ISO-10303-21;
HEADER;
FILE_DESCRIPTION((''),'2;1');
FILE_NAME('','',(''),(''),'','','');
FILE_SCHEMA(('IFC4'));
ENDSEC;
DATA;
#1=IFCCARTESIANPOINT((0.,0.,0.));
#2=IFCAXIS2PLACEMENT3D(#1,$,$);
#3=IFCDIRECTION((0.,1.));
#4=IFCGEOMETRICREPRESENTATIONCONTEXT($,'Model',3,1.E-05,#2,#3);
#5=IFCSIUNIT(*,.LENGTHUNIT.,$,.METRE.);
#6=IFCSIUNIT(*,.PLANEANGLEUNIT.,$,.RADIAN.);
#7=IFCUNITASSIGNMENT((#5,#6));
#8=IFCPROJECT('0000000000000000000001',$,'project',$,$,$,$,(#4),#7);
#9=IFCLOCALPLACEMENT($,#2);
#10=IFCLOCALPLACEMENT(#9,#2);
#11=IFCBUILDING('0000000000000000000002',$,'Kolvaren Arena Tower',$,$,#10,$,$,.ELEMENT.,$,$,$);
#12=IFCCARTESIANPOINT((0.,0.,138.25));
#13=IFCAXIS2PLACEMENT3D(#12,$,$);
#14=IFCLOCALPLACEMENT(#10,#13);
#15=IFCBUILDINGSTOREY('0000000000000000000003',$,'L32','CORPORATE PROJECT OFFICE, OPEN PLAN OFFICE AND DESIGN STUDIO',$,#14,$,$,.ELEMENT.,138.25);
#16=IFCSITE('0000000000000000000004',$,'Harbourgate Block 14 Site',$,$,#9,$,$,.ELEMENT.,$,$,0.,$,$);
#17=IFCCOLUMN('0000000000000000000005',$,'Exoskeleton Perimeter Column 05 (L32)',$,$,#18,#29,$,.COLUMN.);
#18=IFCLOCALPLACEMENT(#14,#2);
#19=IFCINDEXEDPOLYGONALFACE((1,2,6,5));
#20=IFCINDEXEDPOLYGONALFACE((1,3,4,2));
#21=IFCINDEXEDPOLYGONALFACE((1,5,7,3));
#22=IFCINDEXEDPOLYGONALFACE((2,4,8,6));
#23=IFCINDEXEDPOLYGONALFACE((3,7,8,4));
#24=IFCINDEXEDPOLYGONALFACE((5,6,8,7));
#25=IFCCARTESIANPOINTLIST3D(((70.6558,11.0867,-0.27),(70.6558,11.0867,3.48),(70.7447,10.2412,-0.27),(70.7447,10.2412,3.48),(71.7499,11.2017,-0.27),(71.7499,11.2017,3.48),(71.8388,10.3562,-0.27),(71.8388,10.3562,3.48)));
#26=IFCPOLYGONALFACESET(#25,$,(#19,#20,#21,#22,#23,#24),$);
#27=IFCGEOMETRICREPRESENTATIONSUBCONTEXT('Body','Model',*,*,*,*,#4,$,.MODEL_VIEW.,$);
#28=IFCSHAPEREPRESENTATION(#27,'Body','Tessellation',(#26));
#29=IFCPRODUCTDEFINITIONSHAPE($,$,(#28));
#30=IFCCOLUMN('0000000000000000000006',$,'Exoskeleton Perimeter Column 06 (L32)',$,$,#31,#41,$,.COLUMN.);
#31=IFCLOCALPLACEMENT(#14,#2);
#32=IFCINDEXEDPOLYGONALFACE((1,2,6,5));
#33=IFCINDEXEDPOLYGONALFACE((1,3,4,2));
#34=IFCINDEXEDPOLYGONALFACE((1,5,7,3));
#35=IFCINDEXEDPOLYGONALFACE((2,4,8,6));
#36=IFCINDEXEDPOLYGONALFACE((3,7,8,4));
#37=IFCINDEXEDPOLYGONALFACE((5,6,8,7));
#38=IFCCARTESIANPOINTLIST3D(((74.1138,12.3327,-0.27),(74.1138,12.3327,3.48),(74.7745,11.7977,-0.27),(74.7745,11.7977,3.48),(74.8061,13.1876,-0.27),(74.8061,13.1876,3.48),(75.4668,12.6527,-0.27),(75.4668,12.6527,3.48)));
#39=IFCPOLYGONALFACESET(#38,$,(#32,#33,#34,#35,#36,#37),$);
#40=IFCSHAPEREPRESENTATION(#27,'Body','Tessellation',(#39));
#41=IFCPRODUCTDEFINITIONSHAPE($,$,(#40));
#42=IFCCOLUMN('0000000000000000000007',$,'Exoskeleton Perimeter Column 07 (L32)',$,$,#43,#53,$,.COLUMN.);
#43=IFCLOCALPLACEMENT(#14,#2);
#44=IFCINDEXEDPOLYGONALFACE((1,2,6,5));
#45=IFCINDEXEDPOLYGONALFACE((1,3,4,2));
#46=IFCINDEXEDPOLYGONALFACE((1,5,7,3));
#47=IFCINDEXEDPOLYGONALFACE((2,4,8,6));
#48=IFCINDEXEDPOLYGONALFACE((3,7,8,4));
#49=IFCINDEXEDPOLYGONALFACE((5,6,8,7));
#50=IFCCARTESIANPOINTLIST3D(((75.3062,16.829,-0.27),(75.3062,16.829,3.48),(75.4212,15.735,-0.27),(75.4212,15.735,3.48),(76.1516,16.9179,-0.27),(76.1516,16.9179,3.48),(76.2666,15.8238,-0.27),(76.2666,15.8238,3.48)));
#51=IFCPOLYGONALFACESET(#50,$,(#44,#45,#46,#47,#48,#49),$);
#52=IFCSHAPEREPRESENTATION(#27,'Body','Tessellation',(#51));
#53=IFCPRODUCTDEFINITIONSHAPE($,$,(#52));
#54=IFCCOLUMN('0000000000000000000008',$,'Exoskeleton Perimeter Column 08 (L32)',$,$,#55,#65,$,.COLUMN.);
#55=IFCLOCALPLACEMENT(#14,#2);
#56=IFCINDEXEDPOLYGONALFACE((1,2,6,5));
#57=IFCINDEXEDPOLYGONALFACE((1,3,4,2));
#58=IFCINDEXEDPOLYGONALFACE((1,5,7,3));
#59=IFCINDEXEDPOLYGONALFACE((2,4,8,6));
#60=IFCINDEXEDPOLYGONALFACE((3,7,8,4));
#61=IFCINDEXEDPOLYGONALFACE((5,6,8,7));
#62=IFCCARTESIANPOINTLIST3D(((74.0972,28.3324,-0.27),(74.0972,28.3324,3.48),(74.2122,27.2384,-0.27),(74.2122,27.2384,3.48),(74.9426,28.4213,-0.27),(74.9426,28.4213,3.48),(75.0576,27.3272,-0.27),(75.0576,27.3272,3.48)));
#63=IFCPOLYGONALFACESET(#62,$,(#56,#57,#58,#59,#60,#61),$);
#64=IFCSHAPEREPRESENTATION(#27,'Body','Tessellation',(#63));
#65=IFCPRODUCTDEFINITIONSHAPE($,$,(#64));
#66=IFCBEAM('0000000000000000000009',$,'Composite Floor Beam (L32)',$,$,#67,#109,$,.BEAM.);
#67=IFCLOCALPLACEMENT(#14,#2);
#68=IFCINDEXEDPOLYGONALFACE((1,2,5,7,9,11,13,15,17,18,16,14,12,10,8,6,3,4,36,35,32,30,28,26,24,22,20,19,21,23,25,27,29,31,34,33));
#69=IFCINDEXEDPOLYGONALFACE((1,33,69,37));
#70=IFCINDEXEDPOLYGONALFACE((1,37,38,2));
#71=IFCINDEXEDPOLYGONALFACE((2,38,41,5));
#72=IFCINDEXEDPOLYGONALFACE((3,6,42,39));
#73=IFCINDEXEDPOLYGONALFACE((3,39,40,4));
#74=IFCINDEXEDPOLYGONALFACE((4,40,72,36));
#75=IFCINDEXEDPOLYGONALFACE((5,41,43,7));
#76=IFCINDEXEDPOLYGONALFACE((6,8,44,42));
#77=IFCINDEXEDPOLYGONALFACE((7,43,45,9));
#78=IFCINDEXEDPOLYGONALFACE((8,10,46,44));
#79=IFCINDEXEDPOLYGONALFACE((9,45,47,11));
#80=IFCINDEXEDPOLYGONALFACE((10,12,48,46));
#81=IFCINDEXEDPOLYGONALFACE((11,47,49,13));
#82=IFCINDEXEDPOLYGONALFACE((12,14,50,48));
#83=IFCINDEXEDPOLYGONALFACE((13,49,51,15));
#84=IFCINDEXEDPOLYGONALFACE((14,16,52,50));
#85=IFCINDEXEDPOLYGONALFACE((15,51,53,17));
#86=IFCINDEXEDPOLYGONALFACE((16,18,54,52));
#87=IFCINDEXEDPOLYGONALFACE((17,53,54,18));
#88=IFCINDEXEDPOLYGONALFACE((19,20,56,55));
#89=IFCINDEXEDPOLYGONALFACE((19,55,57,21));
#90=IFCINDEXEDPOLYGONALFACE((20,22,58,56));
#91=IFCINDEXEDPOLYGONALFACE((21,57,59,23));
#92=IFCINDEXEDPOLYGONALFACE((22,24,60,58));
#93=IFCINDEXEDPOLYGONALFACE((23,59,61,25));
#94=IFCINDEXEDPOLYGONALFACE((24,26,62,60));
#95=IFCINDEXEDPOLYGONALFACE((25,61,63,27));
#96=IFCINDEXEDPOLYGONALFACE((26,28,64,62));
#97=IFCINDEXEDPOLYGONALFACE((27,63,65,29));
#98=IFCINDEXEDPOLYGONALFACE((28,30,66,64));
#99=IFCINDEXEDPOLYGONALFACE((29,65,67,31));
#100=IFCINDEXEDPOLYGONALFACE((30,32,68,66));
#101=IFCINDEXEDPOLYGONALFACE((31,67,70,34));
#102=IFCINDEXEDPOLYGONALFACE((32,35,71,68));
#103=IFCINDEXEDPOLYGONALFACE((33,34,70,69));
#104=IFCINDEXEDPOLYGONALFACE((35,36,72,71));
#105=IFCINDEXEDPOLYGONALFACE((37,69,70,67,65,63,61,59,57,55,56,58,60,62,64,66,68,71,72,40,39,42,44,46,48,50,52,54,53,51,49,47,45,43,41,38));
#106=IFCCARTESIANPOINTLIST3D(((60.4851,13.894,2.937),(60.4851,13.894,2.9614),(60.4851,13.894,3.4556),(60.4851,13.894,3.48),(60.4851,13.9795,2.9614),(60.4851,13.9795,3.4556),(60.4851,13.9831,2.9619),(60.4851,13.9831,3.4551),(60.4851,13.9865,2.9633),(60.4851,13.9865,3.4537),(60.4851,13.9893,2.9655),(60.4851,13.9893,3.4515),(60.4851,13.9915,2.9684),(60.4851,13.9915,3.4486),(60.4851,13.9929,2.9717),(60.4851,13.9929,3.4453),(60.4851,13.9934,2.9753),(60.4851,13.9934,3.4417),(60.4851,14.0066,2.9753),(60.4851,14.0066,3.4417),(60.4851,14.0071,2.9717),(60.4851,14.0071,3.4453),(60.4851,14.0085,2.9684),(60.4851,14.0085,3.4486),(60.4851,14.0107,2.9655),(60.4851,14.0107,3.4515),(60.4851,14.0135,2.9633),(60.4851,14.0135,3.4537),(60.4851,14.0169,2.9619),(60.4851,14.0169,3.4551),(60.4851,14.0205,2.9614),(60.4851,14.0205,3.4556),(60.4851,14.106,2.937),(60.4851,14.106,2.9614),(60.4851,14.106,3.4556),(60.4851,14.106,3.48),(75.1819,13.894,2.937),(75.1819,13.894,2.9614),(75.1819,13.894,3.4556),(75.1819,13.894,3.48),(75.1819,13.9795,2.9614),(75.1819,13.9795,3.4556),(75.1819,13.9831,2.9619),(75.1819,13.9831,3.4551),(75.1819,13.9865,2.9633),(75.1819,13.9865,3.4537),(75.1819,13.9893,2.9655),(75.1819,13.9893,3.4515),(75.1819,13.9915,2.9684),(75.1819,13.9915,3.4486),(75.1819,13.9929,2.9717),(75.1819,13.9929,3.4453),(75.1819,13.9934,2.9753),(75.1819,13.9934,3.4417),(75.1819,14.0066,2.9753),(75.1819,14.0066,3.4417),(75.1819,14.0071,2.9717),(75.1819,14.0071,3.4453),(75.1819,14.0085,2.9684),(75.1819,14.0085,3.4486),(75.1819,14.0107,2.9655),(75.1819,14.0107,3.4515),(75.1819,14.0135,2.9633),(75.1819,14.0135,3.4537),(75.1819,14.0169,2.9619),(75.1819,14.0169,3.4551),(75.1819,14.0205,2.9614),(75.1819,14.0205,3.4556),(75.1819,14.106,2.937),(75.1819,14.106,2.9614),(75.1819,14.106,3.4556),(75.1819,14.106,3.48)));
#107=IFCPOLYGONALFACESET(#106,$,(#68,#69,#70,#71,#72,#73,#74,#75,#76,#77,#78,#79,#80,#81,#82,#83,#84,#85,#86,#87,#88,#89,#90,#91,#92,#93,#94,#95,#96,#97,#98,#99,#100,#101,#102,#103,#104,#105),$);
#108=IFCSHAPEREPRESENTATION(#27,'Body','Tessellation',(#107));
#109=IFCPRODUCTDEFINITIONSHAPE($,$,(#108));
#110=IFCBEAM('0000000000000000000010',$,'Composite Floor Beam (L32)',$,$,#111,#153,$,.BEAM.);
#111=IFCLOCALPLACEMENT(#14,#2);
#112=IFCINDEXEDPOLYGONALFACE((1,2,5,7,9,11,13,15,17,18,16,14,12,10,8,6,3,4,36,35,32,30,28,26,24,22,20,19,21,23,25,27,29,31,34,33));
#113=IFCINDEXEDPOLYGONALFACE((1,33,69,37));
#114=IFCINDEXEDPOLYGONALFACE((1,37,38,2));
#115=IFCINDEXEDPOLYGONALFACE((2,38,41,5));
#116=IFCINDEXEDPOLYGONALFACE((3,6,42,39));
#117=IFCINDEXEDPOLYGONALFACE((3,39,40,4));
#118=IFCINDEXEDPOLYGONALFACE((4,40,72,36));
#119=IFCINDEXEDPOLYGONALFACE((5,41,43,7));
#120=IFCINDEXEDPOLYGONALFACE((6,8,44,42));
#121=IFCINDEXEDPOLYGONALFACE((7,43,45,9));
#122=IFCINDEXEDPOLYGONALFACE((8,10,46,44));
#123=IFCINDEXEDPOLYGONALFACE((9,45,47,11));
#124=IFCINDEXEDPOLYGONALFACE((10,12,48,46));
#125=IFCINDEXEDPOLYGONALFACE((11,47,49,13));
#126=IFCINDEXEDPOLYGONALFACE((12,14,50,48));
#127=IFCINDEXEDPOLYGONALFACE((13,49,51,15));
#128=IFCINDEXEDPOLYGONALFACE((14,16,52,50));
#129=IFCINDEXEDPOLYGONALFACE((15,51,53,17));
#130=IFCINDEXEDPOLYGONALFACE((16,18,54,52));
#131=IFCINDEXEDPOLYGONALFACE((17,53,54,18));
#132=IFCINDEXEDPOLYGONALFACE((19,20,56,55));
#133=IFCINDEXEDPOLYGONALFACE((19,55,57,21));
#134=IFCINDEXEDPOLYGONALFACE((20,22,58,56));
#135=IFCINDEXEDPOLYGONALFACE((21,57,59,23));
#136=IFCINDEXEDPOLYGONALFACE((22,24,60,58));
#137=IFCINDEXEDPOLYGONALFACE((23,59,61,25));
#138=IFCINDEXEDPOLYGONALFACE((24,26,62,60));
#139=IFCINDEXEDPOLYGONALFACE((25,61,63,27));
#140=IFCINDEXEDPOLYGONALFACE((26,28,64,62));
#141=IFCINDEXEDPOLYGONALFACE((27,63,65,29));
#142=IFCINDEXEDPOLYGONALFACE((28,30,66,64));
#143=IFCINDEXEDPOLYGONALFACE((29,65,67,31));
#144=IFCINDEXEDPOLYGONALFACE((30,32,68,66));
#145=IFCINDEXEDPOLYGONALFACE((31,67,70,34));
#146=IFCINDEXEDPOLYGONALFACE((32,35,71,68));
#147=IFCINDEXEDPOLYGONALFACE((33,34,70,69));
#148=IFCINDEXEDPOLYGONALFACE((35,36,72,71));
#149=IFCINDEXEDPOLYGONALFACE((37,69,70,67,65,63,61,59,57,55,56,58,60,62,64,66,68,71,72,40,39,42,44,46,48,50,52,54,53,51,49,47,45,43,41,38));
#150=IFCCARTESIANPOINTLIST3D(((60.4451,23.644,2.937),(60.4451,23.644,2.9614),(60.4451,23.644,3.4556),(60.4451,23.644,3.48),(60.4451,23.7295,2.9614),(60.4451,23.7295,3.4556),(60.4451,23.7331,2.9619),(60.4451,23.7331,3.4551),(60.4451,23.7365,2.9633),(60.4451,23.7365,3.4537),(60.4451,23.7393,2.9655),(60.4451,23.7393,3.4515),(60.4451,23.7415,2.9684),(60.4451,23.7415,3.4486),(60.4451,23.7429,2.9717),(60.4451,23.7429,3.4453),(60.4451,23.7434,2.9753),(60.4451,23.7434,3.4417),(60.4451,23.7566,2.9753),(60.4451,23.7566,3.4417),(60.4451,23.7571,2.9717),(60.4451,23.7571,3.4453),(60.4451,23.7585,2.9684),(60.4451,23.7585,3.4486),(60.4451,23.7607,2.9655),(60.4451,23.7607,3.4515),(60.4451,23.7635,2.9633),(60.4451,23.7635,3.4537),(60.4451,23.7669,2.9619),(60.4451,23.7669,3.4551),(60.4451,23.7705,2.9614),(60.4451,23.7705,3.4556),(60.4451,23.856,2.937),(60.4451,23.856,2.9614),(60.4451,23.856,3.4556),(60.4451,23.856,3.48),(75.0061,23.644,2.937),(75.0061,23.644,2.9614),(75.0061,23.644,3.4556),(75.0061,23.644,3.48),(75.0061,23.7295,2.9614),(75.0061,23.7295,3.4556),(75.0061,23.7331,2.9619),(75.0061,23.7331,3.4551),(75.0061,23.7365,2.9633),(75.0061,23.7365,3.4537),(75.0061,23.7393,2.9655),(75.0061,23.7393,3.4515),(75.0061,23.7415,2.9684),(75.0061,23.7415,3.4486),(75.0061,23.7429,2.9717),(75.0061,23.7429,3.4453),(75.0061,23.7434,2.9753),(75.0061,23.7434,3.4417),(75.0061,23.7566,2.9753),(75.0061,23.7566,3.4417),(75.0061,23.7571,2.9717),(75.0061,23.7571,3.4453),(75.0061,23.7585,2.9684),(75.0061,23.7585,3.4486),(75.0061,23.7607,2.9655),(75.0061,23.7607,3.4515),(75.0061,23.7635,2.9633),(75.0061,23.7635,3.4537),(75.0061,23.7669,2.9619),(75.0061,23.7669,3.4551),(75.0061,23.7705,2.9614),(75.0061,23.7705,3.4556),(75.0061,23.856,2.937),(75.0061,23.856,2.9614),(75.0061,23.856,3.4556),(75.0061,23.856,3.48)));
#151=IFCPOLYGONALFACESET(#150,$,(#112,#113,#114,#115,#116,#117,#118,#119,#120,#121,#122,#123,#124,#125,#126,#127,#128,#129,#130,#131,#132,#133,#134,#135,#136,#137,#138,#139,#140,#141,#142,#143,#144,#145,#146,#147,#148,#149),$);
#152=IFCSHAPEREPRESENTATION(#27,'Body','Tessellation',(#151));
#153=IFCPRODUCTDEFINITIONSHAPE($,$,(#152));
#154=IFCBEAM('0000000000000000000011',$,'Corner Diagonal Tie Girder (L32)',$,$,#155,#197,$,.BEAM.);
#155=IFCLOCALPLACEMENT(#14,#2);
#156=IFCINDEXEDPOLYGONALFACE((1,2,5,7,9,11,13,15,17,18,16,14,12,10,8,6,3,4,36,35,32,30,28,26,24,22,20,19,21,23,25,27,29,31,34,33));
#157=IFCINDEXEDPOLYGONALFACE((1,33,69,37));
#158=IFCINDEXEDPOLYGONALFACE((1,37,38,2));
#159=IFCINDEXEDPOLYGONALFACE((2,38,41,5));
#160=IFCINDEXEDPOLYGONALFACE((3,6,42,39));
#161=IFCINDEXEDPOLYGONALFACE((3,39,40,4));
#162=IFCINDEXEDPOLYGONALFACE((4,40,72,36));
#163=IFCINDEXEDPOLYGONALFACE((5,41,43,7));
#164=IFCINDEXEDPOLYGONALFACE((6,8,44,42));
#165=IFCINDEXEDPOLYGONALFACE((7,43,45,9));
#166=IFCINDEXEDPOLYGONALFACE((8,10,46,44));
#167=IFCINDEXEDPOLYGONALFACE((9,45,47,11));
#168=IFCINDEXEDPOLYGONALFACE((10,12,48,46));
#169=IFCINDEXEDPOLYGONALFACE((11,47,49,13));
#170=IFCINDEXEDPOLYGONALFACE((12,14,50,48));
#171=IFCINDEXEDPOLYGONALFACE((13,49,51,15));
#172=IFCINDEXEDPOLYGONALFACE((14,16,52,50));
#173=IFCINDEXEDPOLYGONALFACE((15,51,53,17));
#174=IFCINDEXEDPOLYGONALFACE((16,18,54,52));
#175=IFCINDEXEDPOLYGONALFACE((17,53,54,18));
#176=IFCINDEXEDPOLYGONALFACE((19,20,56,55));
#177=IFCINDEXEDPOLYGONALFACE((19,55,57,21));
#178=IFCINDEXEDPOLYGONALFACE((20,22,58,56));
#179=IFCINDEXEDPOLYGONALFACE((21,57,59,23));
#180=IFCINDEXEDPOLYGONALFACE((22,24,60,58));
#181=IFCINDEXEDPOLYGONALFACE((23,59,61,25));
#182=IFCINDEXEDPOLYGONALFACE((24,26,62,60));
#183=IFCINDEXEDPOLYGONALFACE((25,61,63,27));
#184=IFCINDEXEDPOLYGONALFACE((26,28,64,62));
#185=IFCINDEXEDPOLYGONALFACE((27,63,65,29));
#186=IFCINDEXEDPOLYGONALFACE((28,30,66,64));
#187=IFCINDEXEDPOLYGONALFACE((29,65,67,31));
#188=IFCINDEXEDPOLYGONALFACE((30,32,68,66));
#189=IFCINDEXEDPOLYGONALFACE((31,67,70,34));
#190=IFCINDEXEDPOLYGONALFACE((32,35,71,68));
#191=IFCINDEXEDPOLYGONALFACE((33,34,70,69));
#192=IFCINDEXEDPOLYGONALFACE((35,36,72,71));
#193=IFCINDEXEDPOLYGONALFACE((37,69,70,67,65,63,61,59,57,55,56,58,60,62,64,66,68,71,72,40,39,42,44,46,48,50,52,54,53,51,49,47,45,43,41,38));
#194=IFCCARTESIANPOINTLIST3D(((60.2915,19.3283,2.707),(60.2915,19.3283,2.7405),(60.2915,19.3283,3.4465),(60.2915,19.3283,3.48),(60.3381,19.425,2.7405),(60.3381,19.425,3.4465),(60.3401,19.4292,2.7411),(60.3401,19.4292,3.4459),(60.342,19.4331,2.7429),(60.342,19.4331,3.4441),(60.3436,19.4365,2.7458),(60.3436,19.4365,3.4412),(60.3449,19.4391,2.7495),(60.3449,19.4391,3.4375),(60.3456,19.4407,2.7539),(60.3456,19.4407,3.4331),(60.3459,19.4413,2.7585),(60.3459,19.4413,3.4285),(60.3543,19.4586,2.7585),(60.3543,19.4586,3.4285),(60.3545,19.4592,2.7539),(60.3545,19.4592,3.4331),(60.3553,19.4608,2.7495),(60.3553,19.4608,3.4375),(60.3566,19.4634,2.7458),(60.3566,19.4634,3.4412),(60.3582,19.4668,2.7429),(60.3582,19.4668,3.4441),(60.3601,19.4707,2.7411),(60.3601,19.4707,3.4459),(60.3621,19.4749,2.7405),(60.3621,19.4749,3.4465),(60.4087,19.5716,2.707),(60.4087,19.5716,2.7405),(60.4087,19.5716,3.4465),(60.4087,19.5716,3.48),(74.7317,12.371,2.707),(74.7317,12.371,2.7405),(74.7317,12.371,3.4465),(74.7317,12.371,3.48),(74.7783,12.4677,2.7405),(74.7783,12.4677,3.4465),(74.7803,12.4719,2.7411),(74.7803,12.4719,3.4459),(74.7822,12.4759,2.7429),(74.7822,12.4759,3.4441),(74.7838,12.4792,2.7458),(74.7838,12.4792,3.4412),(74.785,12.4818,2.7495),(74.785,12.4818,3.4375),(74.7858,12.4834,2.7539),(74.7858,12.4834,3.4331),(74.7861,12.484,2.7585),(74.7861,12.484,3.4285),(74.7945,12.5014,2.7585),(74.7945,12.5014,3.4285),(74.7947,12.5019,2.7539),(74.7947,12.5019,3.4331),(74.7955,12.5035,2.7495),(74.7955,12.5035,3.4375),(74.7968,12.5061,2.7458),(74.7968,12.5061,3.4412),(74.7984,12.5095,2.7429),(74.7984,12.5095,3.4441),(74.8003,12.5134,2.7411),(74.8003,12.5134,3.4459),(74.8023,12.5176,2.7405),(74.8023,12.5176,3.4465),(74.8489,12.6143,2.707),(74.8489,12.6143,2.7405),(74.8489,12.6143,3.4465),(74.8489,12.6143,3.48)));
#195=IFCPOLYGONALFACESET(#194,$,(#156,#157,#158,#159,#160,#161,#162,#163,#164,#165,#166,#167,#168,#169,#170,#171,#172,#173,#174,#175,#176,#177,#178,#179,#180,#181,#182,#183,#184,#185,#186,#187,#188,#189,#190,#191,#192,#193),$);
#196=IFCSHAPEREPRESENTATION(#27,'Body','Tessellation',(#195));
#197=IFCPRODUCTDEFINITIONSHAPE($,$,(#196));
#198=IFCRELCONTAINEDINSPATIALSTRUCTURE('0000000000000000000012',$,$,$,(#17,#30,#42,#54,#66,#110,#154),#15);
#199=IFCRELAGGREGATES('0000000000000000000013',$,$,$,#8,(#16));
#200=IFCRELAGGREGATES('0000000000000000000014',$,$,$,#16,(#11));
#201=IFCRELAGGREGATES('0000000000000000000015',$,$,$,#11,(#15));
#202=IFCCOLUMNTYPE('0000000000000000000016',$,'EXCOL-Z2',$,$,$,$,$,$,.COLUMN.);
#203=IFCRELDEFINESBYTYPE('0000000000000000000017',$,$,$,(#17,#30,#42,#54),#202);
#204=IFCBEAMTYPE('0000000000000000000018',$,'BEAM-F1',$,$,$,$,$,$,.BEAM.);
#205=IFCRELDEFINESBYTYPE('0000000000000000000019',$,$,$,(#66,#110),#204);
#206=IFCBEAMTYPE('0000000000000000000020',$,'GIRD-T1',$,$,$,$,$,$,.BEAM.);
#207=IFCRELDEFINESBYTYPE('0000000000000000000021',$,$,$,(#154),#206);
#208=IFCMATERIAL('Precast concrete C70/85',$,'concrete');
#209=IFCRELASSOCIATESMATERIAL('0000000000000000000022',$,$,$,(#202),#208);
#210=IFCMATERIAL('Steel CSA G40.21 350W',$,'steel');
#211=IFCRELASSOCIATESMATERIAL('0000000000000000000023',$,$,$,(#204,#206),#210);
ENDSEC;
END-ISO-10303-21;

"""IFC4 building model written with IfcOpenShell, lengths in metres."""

from ifc_helpers import new_model, si_unit, direction, frame, origin, origin_2d, place, context, subcontext, project, spatial, rectangle, i_section, extrude, material, material_profile, profile_set, type_object, element, save


model = new_model("IFC4")

# Units and contexts
model_context = context("Model", 3, precision=1e-05, world=origin(), true_north=direction((0.0, 1.0)))
body_context = subcontext(model_context, "Body", "Model", "MODEL_VIEW")
ifc_project = project(units=[si_unit("LENGTHUNIT", "METRE"), si_unit("PLANEANGLEUNIT", "RADIAN")], contexts=[model_context])

# Site, building, storey
site_placement = place(None, origin())
site = spatial("IfcSite", under=ifc_project, at=site_placement, Name="Harbourgate Block 14 Site", CompositionType="ELEMENT", RefElevation=0.0)
building_placement = place(site_placement, origin())
building = spatial("IfcBuilding", under=site, at=building_placement, Name="Kolvaren Arena Tower", CompositionType="ELEMENT")
storey_placement = place(building_placement, frame((0.0, 0.0, 138.25)))
storey = spatial("IfcBuildingStorey", under=building, at=storey_placement, Name="L32", Description="CORPORATE PROJECT OFFICE, OPEN PLAN OFFICE AND DESIGN STUDIO", CompositionType="ELEMENT", Elevation=138.25)

# Columns
ifc_material_1 = material(Name="Precast concrete C70/85", Category="concrete")
ifc_material_profile_1 = material_profile(ifc_material_1, rectangle(XDim=1.1001, YDim=0.8501, at=origin_2d()), Name="RC-1100x850")
ifc_profile_set_1 = profile_set([ifc_material_profile_1], Name="Precast concrete C70/85")
column_type = type_object("IfcColumnType", Name="EXCOL-Z2", PredefinedType="COLUMN", material=ifc_profile_set_1)
for number, where, z_axis, x_axis, name in (
    (1, (71.2473, 10.7214, -0.27), (0.0, 0.0, 1.0), (0.994522, 0.104528, 0.0), "Exoskeleton Perimeter Column 05 (L32)"),
    (2, (74.7903, 12.4927, -0.27), (0.0, 0.0, 1.0), (0.62932, 0.777146, 0.0), "Exoskeleton Perimeter Column 06 (L32)"),
    (3, (75.7864, 16.3264, -0.27), (0.0, 0.0, 1.0), (-0.104528, 0.994522, 0.0), "Exoskeleton Perimeter Column 07 (L32)"),
    (4, (74.5774, 27.8298, -0.27), (0.0, 0.0, 1.0), (-0.104528, 0.994522, 0.0), "Exoskeleton Perimeter Column 08 (L32)"),
):
    element("IfcColumn", number, at=place(storey_placement, frame(where, z_axis=z_axis, x_axis=x_axis)), inside=storey, type_object=column_type, Name=name, PredefinedType="COLUMN", context=body_context, shape_type="SweptSolid", body=[
        extrude(rectangle(XDim=1.1001, YDim=0.8501, at=origin_2d()), origin(), (0.0, 0.0, 1.0), 3.75),
    ])

# Beams
ifc_material_2 = material(Name="Steel CSA G40.21 350W", Category="steel")
ifc_material_profile_2 = material_profile(ifc_material_2, i_section(OverallWidth=0.2119, OverallDepth=0.543, WebThickness=0.0132, FlangeThickness=0.0244, FilletRadius=0.0139, at=origin_2d()), Name="W530x150")
ifc_profile_set_2 = profile_set([ifc_material_profile_2], Name="Steel CSA G40.21 350W")
beam_type_1 = type_object("IfcBeamType", Name="BEAM-F1", PredefinedType="BEAM", material=ifc_profile_set_2)
beam_1_placement = place(storey_placement, frame((60.4851, 14.0, 3.2085), z_axis=(1.0, 0.0, 0.0), x_axis=(0.0, 1.0, 0.0)))
element("IfcBeam", 5, at=beam_1_placement, inside=storey, type_object=beam_type_1, Name="Composite Floor Beam (L32)", PredefinedType="BEAM", context=body_context, shape_type="SweptSolid", body=[
    extrude(i_section(OverallWidth=0.2119, OverallDepth=0.543, WebThickness=0.0132, FlangeThickness=0.0244, FilletRadius=0.0139, at=origin_2d()), origin(), (0.0, 0.0, 1.0), 14.6968),
])
beam_2_placement = place(storey_placement, frame((60.4451, 23.75, 3.2085), z_axis=(1.0, 0.0, 0.0), x_axis=(0.0, 1.0, 0.0)))
element("IfcBeam", 6, at=beam_2_placement, inside=storey, type_object=beam_type_1, Name="Composite Floor Beam (L32)", PredefinedType="BEAM", context=body_context, shape_type="SweptSolid", body=[
    extrude(i_section(OverallWidth=0.2119, OverallDepth=0.543, WebThickness=0.0132, FlangeThickness=0.0244, FilletRadius=0.0139, at=origin_2d()), origin(), (0.0, 0.0, 1.0), 14.561),
])
ifc_material_profile_3 = material_profile(ifc_material_2, i_section(OverallWidth=0.27, OverallDepth=0.7729, WebThickness=0.0193, FlangeThickness=0.0334, FilletRadius=0.0181, at=origin_2d()), Name="W760x257")
ifc_profile_set_3 = profile_set([ifc_material_profile_3], Name="Steel CSA G40.21 350W")
beam_type_2 = type_object("IfcBeamType", Name="GIRD-T1", PredefinedType="BEAM", material=ifc_profile_set_3)
beam_3_placement = place(storey_placement, frame((74.7903, 12.4927, 3.0935), z_axis=(-0.90089, 0.434048, 0.0), x_axis=(-0.434048, -0.90089, 0.0)))
element("IfcBeam", 7, at=beam_3_placement, inside=storey, type_object=beam_type_2, Name="Corner Diagonal Tie Girder (L32)", PredefinedType="BEAM", context=body_context, shape_type="SweptSolid", body=[
    extrude(i_section(OverallWidth=0.27, OverallDepth=0.7729, WebThickness=0.0193, FlangeThickness=0.0334, FilletRadius=0.0181, at=origin_2d()), origin(), (0.0, 0.0, 1.0), 16.0288),
])

save(model, "model.ifc")
